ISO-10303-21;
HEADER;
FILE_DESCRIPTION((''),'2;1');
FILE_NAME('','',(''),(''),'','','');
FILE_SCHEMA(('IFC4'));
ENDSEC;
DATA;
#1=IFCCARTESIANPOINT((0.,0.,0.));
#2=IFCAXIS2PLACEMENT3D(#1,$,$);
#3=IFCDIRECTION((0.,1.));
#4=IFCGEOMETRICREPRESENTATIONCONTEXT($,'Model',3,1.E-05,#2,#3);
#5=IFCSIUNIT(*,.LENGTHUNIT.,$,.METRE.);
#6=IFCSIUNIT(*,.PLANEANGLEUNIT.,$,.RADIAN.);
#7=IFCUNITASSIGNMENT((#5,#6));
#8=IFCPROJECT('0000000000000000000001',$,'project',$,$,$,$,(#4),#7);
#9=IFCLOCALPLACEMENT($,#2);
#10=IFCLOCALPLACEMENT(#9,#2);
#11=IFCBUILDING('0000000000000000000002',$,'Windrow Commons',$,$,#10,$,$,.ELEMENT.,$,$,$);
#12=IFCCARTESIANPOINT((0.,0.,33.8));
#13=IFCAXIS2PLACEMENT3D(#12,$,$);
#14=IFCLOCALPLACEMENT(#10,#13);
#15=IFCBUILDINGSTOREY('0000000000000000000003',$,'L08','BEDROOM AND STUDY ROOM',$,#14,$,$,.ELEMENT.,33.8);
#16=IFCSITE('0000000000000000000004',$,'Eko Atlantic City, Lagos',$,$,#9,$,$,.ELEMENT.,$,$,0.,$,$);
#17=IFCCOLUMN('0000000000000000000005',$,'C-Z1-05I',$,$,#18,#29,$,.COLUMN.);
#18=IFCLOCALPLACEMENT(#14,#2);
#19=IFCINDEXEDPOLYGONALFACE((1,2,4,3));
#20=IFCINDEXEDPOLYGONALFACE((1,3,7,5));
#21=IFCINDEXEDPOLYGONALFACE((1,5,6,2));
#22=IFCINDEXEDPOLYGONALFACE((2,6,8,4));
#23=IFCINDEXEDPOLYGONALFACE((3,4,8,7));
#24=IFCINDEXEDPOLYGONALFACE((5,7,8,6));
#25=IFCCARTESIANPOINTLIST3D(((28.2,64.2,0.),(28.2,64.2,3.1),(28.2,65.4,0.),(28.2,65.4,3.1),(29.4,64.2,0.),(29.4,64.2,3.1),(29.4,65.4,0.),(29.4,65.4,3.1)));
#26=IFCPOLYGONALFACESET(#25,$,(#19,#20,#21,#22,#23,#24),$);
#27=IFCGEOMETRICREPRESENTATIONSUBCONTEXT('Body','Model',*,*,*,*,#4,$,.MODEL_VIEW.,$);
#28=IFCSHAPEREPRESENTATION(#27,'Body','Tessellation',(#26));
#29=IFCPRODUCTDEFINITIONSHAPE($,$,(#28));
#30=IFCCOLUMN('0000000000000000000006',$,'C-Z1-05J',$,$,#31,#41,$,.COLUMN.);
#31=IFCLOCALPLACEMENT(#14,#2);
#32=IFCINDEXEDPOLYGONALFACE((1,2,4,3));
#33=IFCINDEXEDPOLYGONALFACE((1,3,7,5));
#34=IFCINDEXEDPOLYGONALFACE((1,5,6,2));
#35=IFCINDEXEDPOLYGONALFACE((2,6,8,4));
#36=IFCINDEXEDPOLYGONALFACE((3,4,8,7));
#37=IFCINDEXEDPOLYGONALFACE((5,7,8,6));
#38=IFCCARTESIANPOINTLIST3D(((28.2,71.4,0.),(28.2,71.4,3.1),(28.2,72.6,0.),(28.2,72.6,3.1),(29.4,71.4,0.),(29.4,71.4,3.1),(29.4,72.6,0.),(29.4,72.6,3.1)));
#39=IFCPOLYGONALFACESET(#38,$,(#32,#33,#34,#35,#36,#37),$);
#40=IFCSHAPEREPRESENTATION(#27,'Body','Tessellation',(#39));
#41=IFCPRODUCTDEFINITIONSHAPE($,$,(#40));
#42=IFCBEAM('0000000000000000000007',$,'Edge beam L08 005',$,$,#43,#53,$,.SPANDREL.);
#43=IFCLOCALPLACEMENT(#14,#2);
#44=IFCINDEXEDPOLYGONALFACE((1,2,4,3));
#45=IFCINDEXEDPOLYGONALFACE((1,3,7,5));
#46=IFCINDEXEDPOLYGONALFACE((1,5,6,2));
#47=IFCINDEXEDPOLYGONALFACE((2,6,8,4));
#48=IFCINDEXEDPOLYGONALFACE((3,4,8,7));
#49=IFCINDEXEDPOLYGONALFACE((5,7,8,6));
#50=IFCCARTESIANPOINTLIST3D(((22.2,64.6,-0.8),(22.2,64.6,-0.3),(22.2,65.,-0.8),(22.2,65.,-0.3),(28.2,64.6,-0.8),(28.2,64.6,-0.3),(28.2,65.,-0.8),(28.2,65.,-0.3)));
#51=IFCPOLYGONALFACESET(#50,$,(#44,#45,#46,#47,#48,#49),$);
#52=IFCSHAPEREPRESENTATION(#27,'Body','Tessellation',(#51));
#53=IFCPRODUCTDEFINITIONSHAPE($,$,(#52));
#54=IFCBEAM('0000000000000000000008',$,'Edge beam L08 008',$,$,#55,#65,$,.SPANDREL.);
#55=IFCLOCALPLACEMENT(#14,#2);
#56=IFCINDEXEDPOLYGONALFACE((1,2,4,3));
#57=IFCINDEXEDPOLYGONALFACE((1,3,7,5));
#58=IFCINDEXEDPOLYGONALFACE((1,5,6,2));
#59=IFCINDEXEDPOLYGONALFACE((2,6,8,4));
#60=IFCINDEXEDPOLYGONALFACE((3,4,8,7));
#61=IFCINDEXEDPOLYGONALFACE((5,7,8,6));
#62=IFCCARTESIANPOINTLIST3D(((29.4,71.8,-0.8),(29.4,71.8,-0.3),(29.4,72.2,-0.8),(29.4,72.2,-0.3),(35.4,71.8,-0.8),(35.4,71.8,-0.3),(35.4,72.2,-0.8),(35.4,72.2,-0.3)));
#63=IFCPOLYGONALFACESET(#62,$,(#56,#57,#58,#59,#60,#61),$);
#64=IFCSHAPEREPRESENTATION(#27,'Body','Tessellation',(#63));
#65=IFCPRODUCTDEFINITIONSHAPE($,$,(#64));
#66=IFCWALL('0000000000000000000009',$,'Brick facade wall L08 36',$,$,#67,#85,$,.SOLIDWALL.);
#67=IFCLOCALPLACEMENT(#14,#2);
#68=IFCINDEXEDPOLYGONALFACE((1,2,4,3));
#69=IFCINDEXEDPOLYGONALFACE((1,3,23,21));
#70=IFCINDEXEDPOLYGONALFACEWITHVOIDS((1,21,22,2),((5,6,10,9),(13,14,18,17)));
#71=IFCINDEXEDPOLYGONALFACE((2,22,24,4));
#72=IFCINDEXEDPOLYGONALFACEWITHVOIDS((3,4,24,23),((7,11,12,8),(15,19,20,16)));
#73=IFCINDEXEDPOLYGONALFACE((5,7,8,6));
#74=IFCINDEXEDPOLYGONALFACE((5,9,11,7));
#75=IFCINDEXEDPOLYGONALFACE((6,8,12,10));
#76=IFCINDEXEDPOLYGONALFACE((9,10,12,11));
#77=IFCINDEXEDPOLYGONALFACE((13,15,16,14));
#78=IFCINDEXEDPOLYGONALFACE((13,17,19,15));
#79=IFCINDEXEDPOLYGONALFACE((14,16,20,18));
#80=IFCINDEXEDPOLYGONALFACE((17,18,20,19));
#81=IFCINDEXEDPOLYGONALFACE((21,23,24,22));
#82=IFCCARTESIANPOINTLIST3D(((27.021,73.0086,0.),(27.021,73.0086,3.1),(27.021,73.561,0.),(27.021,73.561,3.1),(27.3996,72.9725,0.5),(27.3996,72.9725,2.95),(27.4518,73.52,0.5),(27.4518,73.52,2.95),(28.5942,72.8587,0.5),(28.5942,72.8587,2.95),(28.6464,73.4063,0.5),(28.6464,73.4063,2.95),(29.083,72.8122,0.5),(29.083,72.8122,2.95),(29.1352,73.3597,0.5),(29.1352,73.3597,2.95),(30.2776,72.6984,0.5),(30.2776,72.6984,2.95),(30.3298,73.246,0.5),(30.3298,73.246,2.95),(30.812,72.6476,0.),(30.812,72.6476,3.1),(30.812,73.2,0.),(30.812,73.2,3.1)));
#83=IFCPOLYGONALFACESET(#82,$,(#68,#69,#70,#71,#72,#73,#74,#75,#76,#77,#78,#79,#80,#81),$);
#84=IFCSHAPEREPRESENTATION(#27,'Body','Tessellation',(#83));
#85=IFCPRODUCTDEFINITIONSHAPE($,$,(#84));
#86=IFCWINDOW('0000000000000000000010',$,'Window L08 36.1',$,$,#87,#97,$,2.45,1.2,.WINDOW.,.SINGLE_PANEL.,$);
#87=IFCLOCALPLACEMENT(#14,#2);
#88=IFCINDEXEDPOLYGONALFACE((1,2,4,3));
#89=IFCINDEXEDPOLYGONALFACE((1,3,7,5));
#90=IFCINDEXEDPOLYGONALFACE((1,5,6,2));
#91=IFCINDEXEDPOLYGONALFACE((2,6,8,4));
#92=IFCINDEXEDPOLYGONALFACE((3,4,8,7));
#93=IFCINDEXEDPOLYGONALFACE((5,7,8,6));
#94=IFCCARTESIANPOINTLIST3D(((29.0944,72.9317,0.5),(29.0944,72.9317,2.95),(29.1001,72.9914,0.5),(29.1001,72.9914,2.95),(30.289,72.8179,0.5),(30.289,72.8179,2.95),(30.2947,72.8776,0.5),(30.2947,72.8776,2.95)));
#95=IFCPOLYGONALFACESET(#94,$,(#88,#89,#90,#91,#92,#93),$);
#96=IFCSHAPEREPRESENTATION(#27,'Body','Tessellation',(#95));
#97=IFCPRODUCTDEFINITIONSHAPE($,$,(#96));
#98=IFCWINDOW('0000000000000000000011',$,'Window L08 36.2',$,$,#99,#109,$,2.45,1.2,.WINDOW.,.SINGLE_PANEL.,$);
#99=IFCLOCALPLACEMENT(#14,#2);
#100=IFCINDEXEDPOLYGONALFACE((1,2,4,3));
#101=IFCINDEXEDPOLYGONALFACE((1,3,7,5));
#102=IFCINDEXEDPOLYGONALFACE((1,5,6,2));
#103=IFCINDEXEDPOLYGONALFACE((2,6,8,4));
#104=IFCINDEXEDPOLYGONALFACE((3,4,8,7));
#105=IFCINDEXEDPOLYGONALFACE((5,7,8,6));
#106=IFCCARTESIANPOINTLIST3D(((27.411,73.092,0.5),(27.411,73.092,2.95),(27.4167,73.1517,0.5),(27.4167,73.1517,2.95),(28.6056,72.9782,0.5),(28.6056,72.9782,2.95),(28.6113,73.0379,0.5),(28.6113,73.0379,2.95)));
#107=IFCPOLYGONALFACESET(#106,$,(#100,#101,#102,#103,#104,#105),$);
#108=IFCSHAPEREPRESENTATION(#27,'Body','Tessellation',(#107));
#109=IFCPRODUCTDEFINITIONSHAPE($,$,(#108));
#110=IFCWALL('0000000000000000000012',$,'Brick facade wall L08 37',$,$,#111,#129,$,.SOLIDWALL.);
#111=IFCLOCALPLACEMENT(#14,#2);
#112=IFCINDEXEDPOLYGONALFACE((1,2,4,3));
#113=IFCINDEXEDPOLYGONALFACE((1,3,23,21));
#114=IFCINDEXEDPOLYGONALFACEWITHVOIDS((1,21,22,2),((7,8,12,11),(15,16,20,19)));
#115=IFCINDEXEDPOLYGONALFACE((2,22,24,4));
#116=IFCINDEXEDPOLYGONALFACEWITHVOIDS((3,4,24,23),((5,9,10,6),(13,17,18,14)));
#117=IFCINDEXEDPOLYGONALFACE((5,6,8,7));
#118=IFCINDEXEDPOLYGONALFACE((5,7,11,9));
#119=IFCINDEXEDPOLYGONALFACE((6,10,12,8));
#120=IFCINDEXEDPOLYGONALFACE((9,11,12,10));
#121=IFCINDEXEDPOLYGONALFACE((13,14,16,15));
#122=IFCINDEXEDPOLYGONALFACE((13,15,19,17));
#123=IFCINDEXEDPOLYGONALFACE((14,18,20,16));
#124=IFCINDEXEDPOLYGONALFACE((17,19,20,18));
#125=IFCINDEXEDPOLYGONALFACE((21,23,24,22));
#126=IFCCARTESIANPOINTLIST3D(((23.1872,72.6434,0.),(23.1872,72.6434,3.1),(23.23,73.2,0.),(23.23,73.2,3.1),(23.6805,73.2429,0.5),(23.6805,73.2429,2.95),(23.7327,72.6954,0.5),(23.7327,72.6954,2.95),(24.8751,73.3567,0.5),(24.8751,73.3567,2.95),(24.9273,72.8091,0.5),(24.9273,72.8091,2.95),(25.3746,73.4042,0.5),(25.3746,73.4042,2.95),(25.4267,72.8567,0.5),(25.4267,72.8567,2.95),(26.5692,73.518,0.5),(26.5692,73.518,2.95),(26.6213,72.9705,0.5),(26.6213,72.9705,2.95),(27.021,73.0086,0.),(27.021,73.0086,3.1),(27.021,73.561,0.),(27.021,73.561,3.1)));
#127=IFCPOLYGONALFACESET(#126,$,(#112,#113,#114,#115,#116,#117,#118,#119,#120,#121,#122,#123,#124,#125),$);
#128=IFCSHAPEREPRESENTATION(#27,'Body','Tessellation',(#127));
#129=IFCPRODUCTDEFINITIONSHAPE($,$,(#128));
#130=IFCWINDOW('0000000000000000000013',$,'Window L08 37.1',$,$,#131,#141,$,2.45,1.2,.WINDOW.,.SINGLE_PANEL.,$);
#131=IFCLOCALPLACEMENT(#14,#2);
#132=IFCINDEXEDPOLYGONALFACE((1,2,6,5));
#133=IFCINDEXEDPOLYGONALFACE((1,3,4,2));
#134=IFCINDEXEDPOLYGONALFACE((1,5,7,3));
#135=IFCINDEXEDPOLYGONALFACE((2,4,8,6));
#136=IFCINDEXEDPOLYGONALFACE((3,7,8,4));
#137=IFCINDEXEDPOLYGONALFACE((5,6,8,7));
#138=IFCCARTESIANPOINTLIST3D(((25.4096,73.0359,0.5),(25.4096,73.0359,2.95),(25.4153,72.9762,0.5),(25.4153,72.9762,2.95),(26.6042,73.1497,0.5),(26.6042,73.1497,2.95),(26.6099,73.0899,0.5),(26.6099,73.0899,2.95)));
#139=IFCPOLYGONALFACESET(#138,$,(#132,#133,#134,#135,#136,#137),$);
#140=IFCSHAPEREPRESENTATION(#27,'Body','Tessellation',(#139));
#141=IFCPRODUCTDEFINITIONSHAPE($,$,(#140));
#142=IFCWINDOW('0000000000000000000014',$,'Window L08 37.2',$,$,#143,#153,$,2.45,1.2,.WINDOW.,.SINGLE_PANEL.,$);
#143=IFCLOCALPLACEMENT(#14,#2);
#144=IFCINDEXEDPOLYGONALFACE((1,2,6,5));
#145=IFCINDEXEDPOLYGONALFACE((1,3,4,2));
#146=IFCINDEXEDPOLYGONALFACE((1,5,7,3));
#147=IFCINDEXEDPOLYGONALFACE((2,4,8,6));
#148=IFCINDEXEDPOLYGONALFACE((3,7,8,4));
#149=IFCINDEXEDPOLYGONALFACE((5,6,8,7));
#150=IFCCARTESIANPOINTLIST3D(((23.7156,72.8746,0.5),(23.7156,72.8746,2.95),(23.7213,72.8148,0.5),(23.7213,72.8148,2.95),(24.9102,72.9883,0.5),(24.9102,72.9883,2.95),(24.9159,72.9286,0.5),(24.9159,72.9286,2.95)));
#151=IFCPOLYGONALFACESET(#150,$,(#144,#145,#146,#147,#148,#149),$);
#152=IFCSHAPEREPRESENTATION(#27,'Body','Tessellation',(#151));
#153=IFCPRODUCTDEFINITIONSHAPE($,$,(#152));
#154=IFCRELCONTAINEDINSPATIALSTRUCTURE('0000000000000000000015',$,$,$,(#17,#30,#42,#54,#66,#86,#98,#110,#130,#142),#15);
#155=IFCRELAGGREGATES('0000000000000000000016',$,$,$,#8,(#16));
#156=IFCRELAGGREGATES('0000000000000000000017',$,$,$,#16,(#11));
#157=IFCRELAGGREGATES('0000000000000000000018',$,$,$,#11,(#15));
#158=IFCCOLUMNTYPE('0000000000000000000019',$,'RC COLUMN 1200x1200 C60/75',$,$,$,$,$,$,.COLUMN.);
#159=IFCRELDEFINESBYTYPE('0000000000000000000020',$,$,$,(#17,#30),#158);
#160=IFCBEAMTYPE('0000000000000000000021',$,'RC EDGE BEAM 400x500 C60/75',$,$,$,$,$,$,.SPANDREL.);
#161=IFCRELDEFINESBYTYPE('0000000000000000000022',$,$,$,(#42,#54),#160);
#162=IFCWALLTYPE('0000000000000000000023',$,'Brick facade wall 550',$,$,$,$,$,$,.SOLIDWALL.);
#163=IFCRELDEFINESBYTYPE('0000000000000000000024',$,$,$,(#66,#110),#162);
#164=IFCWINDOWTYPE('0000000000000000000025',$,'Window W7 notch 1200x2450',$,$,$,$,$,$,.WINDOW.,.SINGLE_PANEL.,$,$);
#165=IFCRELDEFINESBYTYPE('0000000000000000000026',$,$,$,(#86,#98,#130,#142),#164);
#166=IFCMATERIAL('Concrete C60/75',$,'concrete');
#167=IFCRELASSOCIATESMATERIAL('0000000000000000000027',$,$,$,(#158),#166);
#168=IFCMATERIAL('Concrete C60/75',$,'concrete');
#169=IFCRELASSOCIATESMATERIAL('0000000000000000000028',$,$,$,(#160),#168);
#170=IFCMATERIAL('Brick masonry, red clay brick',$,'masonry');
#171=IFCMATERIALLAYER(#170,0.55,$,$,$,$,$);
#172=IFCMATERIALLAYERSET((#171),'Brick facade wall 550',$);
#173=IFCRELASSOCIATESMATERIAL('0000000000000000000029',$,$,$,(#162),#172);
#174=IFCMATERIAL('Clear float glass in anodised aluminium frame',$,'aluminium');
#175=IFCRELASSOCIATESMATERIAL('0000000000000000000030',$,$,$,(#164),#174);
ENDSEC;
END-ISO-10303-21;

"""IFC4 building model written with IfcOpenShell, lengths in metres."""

from ifc_helpers import new_model, si_unit, direction, frame, frame_2d, origin, origin_2d, place, context, subcontext, project, spatial, polyline, rectangle, outline, extrude, material, layer, layer_set, material_profile, profile_set, type_object, element, fill, save


model = new_model("IFC4")

# Units and contexts
model_context = context("Model", 3, precision=1e-05, world=origin(), true_north=direction((0.0, 1.0)))
body_context = subcontext(model_context, "Body", "Model", "MODEL_VIEW")
ifc_project = project(units=[si_unit("LENGTHUNIT", "METRE"), si_unit("PLANEANGLEUNIT", "RADIAN")], contexts=[model_context])

# Site, building, storey
site_placement = place(None, origin())
site = spatial("IfcSite", under=ifc_project, at=site_placement, Name="Eko Atlantic City, Lagos", CompositionType="ELEMENT", RefElevation=0.0)
building_placement = place(site_placement, origin())
building = spatial("IfcBuilding", under=site, at=building_placement, Name="Windrow Commons", CompositionType="ELEMENT")
storey_placement = place(building_placement, frame((0.0, 0.0, 33.8)))
storey = spatial("IfcBuildingStorey", under=building, at=storey_placement, Name="L08", Description="BEDROOM AND STUDY ROOM", CompositionType="ELEMENT", Elevation=33.8)

# Columns
ifc_material_1 = material(Name="Concrete C60/75", Category="concrete")
ifc_material_profile_1 = material_profile(ifc_material_1, rectangle(XDim=1.2, YDim=1.2, at=origin_2d()))
ifc_profile_set_1 = profile_set([ifc_material_profile_1], Name="Concrete C60/75")
column_type = type_object("IfcColumnType", Name="RC COLUMN 1200x1200 C60/75", PredefinedType="COLUMN", material=ifc_profile_set_1)
for number, where, z_axis, x_axis, name in (
    (1, (28.8, 64.8, 0.0), (0.0, 0.0, 1.0), (1.0, 0.0, 0.0), "C-Z1-05I"),
    (2, (28.8, 72.0, 0.0), (0.0, 0.0, 1.0), (1.0, 0.0, 0.0), "C-Z1-05J"),
):
    element("IfcColumn", number, at=place(storey_placement, frame(where, z_axis=z_axis, x_axis=x_axis)), inside=storey, type_object=column_type, Name=name, PredefinedType="COLUMN", context=body_context, shape_type="SweptSolid", body=[
        extrude(rectangle(XDim=1.2, YDim=1.2, at=origin_2d()), origin(), (0.0, 0.0, 1.0), 3.1),
    ])

# Beams
ifc_material_2 = material(Name="Concrete C60/75", Category="concrete")
ifc_material_profile_2 = material_profile(ifc_material_2, rectangle(XDim=0.4, YDim=0.5, at=origin_2d()))
ifc_profile_set_2 = profile_set([ifc_material_profile_2], Name="Concrete C60/75")
beam_type = type_object("IfcBeamType", Name="RC EDGE BEAM 400x500 C60/75", PredefinedType="SPANDREL", material=ifc_profile_set_2)
for number, where, z_axis, x_axis, name in (
    (3, (28.2, 64.8, -0.55), (-1.0, 0.0, 0.0), (0.0, -1.0, 0.0), "Edge beam L08 005"),
    (4, (29.4, 72.0, -0.55), (1.0, 0.0, 0.0), (0.0, 1.0, 0.0), "Edge beam L08 008"),
):
    element("IfcBeam", number, at=place(storey_placement, frame(where, z_axis=z_axis, x_axis=x_axis)), inside=storey, type_object=beam_type, Name=name, PredefinedType="SPANDREL", context=body_context, shape_type="SweptSolid", body=[
        extrude(rectangle(XDim=0.4, YDim=0.5, at=origin_2d()), origin(), (0.0, 0.0, 1.0), 6.0),
    ])

# Walls, openings, windows
ifc_material_3 = material(Name="Brick masonry, red clay brick", Category="masonry")
ifc_layer_1 = layer(ifc_material_3, 0.55)
ifc_layer_set_1 = layer_set([ifc_layer_1], Name="Brick facade wall 550")
wall_type_1 = type_object("IfcWallType", Name="Brick facade wall 550", PredefinedType="SOLIDWALL", material=ifc_layer_set_1)
wall_1_placement = place(storey_placement, frame((30.812, 72.9238, 0.0), z_axis=(0.0, 0.0, 1.0), x_axis=(-0.995497, 0.094797, 0.0)))
wall_1 = element("IfcWall", 5, at=wall_1_placement, inside=storey, type_object=wall_type_1, Name="Brick facade wall L08 36", PredefinedType="SOLIDWALL", context=body_context, shape_type="SweptSolid", body=[
    extrude(outline(polyline([(0.0262, -0.275), (3.8343, -0.275), (3.782, 0.275), (-0.0262, 0.275), (0.0262, -0.275)])), origin(), (0.0, 0.0, 1.0), 3.1),
])
opening_1_placement = place(wall_1_placement, frame((0.5106, 0.0, 0.5)))
opening_1 = element("IfcOpeningElement", 6, at=opening_1_placement, cuts=wall_1, PredefinedType="OPENING", context=body_context, shape_type="SweptSolid", body=[
    extrude(rectangle(XDim=1.2, YDim=2.45, at=frame_2d((0.6, 1.225))), frame((0.0, 0.285, 0.0), z_axis=(0.0, -1.0, 0.0), x_axis=(1.0, 0.0, 0.0)), (0.0, 0.0, 1.0), 0.57),
])
opening_2_placement = place(wall_1_placement, frame((2.2016, 0.0, 0.5)))
opening_2 = element("IfcOpeningElement", 7, at=opening_2_placement, cuts=wall_1, PredefinedType="OPENING", context=body_context, shape_type="SweptSolid", body=[
    extrude(rectangle(XDim=1.2, YDim=2.45, at=frame_2d((0.6, 1.225))), frame((0.0, 0.285, 0.0), z_axis=(0.0, -1.0, 0.0), x_axis=(1.0, 0.0, 0.0)), (0.0, 0.0, 1.0), 0.57),
])
ifc_material_4 = material(Name="Clear float glass in anodised aluminium frame", Category="aluminium")
window_type_1 = type_object("IfcWindowType", Name="Window W7 notch 1200x2450", PartitioningType="SINGLE_PANEL", PredefinedType="WINDOW", material=ifc_material_4)
window_1_placement = place(opening_1_placement, origin())
window_1 = element("IfcWindow", 8, at=window_1_placement, inside=storey, type_object=window_type_1, Name="Window L08 36.1", OverallHeight=2.45, OverallWidth=1.2, PartitioningType="SINGLE_PANEL", PredefinedType="WINDOW", context=body_context, shape_type="SweptSolid", body=[
    extrude(rectangle(XDim=1.2, YDim=2.45, at=frame_2d((0.6, 1.225))), frame((0.0, 0.155, 0.0), z_axis=(0.0, -1.0, 0.0), x_axis=(1.0, 0.0, 0.0)), (0.0, 0.0, 1.0), 0.06),
])
fill(opening_1, window_1)
window_2_placement = place(opening_2_placement, origin())
window_2 = element("IfcWindow", 9, at=window_2_placement, inside=storey, type_object=window_type_1, Name="Window L08 36.2", OverallHeight=2.45, OverallWidth=1.2, PartitioningType="SINGLE_PANEL", PredefinedType="WINDOW", context=body_context, shape_type="SweptSolid", body=[
    extrude(rectangle(XDim=1.2, YDim=2.45, at=frame_2d((0.6, 1.225))), frame((0.0, 0.155, 0.0), z_axis=(0.0, -1.0, 0.0), x_axis=(1.0, 0.0, 0.0)), (0.0, 0.0, 1.0), 0.06),
])
fill(opening_2, window_2)
wall_2_placement = place(storey_placement, frame((27.021, 73.2848, 0.0), z_axis=(0.0, 0.0, 1.0), x_axis=(-0.995495, -0.094813, 0.0)))
wall_2 = element("IfcWall", 10, at=wall_2_placement, inside=storey, type_object=wall_type_1, Name="Brick facade wall L08 37", PredefinedType="SOLIDWALL", context=body_context, shape_type="SweptSolid", body=[
    extrude(outline(polyline([(-0.0262, -0.275), (3.782, -0.275), (3.8773, 0.275), (0.0262, 0.275), (-0.0262, -0.275)])), origin(), (0.0, 0.0, 1.0), 3.1),
])
opening_3_placement = place(wall_2_placement, frame((0.4277, 0.0, 0.5)))
opening_3 = element("IfcOpeningElement", 11, at=opening_3_placement, cuts=wall_2, PredefinedType="OPENING", context=body_context, shape_type="SweptSolid", body=[
    extrude(rectangle(XDim=1.2, YDim=2.45, at=frame_2d((0.6, 1.225))), frame((0.0, 0.285, 0.0), z_axis=(0.0, -1.0, 0.0), x_axis=(1.0, 0.0, 0.0)), (0.0, 0.0, 1.0), 0.57),
])
opening_4_placement = place(wall_2_placement, frame((2.1294, 0.0, 0.5)))
opening_4 = element("IfcOpeningElement", 12, at=opening_4_placement, cuts=wall_2, PredefinedType="OPENING", context=body_context, shape_type="SweptSolid", body=[
    extrude(rectangle(XDim=1.2, YDim=2.45, at=frame_2d((0.6, 1.225))), frame((0.0, 0.285, 0.0), z_axis=(0.0, -1.0, 0.0), x_axis=(1.0, 0.0, 0.0)), (0.0, 0.0, 1.0), 0.57),
])
window_3_placement = place(opening_3_placement, origin())
window_3 = element("IfcWindow", 13, at=window_3_placement, inside=storey, type_object=window_type_1, Name="Window L08 37.1", OverallHeight=2.45, OverallWidth=1.2, PartitioningType="SINGLE_PANEL", PredefinedType="WINDOW", context=body_context, shape_type="SweptSolid", body=[
    extrude(rectangle(XDim=1.2, YDim=2.45, at=frame_2d((0.6, 1.225))), frame((0.0, 0.155, 0.0), z_axis=(0.0, -1.0, 0.0), x_axis=(1.0, 0.0, 0.0)), (0.0, 0.0, 1.0), 0.06),
])
fill(opening_3, window_3)
window_4_placement = place(opening_4_placement, origin())
window_4 = element("IfcWindow", 14, at=window_4_placement, inside=storey, type_object=window_type_1, Name="Window L08 37.2", OverallHeight=2.45, OverallWidth=1.2, PartitioningType="SINGLE_PANEL", PredefinedType="WINDOW", context=body_context, shape_type="SweptSolid", body=[
    extrude(rectangle(XDim=1.2, YDim=2.45, at=frame_2d((0.6, 1.225))), frame((0.0, 0.155, 0.0), z_axis=(0.0, -1.0, 0.0), x_axis=(1.0, 0.0, 0.0)), (0.0, 0.0, 1.0), 0.06),
])
fill(opening_4, window_4)

save(model, "model.ifc")
